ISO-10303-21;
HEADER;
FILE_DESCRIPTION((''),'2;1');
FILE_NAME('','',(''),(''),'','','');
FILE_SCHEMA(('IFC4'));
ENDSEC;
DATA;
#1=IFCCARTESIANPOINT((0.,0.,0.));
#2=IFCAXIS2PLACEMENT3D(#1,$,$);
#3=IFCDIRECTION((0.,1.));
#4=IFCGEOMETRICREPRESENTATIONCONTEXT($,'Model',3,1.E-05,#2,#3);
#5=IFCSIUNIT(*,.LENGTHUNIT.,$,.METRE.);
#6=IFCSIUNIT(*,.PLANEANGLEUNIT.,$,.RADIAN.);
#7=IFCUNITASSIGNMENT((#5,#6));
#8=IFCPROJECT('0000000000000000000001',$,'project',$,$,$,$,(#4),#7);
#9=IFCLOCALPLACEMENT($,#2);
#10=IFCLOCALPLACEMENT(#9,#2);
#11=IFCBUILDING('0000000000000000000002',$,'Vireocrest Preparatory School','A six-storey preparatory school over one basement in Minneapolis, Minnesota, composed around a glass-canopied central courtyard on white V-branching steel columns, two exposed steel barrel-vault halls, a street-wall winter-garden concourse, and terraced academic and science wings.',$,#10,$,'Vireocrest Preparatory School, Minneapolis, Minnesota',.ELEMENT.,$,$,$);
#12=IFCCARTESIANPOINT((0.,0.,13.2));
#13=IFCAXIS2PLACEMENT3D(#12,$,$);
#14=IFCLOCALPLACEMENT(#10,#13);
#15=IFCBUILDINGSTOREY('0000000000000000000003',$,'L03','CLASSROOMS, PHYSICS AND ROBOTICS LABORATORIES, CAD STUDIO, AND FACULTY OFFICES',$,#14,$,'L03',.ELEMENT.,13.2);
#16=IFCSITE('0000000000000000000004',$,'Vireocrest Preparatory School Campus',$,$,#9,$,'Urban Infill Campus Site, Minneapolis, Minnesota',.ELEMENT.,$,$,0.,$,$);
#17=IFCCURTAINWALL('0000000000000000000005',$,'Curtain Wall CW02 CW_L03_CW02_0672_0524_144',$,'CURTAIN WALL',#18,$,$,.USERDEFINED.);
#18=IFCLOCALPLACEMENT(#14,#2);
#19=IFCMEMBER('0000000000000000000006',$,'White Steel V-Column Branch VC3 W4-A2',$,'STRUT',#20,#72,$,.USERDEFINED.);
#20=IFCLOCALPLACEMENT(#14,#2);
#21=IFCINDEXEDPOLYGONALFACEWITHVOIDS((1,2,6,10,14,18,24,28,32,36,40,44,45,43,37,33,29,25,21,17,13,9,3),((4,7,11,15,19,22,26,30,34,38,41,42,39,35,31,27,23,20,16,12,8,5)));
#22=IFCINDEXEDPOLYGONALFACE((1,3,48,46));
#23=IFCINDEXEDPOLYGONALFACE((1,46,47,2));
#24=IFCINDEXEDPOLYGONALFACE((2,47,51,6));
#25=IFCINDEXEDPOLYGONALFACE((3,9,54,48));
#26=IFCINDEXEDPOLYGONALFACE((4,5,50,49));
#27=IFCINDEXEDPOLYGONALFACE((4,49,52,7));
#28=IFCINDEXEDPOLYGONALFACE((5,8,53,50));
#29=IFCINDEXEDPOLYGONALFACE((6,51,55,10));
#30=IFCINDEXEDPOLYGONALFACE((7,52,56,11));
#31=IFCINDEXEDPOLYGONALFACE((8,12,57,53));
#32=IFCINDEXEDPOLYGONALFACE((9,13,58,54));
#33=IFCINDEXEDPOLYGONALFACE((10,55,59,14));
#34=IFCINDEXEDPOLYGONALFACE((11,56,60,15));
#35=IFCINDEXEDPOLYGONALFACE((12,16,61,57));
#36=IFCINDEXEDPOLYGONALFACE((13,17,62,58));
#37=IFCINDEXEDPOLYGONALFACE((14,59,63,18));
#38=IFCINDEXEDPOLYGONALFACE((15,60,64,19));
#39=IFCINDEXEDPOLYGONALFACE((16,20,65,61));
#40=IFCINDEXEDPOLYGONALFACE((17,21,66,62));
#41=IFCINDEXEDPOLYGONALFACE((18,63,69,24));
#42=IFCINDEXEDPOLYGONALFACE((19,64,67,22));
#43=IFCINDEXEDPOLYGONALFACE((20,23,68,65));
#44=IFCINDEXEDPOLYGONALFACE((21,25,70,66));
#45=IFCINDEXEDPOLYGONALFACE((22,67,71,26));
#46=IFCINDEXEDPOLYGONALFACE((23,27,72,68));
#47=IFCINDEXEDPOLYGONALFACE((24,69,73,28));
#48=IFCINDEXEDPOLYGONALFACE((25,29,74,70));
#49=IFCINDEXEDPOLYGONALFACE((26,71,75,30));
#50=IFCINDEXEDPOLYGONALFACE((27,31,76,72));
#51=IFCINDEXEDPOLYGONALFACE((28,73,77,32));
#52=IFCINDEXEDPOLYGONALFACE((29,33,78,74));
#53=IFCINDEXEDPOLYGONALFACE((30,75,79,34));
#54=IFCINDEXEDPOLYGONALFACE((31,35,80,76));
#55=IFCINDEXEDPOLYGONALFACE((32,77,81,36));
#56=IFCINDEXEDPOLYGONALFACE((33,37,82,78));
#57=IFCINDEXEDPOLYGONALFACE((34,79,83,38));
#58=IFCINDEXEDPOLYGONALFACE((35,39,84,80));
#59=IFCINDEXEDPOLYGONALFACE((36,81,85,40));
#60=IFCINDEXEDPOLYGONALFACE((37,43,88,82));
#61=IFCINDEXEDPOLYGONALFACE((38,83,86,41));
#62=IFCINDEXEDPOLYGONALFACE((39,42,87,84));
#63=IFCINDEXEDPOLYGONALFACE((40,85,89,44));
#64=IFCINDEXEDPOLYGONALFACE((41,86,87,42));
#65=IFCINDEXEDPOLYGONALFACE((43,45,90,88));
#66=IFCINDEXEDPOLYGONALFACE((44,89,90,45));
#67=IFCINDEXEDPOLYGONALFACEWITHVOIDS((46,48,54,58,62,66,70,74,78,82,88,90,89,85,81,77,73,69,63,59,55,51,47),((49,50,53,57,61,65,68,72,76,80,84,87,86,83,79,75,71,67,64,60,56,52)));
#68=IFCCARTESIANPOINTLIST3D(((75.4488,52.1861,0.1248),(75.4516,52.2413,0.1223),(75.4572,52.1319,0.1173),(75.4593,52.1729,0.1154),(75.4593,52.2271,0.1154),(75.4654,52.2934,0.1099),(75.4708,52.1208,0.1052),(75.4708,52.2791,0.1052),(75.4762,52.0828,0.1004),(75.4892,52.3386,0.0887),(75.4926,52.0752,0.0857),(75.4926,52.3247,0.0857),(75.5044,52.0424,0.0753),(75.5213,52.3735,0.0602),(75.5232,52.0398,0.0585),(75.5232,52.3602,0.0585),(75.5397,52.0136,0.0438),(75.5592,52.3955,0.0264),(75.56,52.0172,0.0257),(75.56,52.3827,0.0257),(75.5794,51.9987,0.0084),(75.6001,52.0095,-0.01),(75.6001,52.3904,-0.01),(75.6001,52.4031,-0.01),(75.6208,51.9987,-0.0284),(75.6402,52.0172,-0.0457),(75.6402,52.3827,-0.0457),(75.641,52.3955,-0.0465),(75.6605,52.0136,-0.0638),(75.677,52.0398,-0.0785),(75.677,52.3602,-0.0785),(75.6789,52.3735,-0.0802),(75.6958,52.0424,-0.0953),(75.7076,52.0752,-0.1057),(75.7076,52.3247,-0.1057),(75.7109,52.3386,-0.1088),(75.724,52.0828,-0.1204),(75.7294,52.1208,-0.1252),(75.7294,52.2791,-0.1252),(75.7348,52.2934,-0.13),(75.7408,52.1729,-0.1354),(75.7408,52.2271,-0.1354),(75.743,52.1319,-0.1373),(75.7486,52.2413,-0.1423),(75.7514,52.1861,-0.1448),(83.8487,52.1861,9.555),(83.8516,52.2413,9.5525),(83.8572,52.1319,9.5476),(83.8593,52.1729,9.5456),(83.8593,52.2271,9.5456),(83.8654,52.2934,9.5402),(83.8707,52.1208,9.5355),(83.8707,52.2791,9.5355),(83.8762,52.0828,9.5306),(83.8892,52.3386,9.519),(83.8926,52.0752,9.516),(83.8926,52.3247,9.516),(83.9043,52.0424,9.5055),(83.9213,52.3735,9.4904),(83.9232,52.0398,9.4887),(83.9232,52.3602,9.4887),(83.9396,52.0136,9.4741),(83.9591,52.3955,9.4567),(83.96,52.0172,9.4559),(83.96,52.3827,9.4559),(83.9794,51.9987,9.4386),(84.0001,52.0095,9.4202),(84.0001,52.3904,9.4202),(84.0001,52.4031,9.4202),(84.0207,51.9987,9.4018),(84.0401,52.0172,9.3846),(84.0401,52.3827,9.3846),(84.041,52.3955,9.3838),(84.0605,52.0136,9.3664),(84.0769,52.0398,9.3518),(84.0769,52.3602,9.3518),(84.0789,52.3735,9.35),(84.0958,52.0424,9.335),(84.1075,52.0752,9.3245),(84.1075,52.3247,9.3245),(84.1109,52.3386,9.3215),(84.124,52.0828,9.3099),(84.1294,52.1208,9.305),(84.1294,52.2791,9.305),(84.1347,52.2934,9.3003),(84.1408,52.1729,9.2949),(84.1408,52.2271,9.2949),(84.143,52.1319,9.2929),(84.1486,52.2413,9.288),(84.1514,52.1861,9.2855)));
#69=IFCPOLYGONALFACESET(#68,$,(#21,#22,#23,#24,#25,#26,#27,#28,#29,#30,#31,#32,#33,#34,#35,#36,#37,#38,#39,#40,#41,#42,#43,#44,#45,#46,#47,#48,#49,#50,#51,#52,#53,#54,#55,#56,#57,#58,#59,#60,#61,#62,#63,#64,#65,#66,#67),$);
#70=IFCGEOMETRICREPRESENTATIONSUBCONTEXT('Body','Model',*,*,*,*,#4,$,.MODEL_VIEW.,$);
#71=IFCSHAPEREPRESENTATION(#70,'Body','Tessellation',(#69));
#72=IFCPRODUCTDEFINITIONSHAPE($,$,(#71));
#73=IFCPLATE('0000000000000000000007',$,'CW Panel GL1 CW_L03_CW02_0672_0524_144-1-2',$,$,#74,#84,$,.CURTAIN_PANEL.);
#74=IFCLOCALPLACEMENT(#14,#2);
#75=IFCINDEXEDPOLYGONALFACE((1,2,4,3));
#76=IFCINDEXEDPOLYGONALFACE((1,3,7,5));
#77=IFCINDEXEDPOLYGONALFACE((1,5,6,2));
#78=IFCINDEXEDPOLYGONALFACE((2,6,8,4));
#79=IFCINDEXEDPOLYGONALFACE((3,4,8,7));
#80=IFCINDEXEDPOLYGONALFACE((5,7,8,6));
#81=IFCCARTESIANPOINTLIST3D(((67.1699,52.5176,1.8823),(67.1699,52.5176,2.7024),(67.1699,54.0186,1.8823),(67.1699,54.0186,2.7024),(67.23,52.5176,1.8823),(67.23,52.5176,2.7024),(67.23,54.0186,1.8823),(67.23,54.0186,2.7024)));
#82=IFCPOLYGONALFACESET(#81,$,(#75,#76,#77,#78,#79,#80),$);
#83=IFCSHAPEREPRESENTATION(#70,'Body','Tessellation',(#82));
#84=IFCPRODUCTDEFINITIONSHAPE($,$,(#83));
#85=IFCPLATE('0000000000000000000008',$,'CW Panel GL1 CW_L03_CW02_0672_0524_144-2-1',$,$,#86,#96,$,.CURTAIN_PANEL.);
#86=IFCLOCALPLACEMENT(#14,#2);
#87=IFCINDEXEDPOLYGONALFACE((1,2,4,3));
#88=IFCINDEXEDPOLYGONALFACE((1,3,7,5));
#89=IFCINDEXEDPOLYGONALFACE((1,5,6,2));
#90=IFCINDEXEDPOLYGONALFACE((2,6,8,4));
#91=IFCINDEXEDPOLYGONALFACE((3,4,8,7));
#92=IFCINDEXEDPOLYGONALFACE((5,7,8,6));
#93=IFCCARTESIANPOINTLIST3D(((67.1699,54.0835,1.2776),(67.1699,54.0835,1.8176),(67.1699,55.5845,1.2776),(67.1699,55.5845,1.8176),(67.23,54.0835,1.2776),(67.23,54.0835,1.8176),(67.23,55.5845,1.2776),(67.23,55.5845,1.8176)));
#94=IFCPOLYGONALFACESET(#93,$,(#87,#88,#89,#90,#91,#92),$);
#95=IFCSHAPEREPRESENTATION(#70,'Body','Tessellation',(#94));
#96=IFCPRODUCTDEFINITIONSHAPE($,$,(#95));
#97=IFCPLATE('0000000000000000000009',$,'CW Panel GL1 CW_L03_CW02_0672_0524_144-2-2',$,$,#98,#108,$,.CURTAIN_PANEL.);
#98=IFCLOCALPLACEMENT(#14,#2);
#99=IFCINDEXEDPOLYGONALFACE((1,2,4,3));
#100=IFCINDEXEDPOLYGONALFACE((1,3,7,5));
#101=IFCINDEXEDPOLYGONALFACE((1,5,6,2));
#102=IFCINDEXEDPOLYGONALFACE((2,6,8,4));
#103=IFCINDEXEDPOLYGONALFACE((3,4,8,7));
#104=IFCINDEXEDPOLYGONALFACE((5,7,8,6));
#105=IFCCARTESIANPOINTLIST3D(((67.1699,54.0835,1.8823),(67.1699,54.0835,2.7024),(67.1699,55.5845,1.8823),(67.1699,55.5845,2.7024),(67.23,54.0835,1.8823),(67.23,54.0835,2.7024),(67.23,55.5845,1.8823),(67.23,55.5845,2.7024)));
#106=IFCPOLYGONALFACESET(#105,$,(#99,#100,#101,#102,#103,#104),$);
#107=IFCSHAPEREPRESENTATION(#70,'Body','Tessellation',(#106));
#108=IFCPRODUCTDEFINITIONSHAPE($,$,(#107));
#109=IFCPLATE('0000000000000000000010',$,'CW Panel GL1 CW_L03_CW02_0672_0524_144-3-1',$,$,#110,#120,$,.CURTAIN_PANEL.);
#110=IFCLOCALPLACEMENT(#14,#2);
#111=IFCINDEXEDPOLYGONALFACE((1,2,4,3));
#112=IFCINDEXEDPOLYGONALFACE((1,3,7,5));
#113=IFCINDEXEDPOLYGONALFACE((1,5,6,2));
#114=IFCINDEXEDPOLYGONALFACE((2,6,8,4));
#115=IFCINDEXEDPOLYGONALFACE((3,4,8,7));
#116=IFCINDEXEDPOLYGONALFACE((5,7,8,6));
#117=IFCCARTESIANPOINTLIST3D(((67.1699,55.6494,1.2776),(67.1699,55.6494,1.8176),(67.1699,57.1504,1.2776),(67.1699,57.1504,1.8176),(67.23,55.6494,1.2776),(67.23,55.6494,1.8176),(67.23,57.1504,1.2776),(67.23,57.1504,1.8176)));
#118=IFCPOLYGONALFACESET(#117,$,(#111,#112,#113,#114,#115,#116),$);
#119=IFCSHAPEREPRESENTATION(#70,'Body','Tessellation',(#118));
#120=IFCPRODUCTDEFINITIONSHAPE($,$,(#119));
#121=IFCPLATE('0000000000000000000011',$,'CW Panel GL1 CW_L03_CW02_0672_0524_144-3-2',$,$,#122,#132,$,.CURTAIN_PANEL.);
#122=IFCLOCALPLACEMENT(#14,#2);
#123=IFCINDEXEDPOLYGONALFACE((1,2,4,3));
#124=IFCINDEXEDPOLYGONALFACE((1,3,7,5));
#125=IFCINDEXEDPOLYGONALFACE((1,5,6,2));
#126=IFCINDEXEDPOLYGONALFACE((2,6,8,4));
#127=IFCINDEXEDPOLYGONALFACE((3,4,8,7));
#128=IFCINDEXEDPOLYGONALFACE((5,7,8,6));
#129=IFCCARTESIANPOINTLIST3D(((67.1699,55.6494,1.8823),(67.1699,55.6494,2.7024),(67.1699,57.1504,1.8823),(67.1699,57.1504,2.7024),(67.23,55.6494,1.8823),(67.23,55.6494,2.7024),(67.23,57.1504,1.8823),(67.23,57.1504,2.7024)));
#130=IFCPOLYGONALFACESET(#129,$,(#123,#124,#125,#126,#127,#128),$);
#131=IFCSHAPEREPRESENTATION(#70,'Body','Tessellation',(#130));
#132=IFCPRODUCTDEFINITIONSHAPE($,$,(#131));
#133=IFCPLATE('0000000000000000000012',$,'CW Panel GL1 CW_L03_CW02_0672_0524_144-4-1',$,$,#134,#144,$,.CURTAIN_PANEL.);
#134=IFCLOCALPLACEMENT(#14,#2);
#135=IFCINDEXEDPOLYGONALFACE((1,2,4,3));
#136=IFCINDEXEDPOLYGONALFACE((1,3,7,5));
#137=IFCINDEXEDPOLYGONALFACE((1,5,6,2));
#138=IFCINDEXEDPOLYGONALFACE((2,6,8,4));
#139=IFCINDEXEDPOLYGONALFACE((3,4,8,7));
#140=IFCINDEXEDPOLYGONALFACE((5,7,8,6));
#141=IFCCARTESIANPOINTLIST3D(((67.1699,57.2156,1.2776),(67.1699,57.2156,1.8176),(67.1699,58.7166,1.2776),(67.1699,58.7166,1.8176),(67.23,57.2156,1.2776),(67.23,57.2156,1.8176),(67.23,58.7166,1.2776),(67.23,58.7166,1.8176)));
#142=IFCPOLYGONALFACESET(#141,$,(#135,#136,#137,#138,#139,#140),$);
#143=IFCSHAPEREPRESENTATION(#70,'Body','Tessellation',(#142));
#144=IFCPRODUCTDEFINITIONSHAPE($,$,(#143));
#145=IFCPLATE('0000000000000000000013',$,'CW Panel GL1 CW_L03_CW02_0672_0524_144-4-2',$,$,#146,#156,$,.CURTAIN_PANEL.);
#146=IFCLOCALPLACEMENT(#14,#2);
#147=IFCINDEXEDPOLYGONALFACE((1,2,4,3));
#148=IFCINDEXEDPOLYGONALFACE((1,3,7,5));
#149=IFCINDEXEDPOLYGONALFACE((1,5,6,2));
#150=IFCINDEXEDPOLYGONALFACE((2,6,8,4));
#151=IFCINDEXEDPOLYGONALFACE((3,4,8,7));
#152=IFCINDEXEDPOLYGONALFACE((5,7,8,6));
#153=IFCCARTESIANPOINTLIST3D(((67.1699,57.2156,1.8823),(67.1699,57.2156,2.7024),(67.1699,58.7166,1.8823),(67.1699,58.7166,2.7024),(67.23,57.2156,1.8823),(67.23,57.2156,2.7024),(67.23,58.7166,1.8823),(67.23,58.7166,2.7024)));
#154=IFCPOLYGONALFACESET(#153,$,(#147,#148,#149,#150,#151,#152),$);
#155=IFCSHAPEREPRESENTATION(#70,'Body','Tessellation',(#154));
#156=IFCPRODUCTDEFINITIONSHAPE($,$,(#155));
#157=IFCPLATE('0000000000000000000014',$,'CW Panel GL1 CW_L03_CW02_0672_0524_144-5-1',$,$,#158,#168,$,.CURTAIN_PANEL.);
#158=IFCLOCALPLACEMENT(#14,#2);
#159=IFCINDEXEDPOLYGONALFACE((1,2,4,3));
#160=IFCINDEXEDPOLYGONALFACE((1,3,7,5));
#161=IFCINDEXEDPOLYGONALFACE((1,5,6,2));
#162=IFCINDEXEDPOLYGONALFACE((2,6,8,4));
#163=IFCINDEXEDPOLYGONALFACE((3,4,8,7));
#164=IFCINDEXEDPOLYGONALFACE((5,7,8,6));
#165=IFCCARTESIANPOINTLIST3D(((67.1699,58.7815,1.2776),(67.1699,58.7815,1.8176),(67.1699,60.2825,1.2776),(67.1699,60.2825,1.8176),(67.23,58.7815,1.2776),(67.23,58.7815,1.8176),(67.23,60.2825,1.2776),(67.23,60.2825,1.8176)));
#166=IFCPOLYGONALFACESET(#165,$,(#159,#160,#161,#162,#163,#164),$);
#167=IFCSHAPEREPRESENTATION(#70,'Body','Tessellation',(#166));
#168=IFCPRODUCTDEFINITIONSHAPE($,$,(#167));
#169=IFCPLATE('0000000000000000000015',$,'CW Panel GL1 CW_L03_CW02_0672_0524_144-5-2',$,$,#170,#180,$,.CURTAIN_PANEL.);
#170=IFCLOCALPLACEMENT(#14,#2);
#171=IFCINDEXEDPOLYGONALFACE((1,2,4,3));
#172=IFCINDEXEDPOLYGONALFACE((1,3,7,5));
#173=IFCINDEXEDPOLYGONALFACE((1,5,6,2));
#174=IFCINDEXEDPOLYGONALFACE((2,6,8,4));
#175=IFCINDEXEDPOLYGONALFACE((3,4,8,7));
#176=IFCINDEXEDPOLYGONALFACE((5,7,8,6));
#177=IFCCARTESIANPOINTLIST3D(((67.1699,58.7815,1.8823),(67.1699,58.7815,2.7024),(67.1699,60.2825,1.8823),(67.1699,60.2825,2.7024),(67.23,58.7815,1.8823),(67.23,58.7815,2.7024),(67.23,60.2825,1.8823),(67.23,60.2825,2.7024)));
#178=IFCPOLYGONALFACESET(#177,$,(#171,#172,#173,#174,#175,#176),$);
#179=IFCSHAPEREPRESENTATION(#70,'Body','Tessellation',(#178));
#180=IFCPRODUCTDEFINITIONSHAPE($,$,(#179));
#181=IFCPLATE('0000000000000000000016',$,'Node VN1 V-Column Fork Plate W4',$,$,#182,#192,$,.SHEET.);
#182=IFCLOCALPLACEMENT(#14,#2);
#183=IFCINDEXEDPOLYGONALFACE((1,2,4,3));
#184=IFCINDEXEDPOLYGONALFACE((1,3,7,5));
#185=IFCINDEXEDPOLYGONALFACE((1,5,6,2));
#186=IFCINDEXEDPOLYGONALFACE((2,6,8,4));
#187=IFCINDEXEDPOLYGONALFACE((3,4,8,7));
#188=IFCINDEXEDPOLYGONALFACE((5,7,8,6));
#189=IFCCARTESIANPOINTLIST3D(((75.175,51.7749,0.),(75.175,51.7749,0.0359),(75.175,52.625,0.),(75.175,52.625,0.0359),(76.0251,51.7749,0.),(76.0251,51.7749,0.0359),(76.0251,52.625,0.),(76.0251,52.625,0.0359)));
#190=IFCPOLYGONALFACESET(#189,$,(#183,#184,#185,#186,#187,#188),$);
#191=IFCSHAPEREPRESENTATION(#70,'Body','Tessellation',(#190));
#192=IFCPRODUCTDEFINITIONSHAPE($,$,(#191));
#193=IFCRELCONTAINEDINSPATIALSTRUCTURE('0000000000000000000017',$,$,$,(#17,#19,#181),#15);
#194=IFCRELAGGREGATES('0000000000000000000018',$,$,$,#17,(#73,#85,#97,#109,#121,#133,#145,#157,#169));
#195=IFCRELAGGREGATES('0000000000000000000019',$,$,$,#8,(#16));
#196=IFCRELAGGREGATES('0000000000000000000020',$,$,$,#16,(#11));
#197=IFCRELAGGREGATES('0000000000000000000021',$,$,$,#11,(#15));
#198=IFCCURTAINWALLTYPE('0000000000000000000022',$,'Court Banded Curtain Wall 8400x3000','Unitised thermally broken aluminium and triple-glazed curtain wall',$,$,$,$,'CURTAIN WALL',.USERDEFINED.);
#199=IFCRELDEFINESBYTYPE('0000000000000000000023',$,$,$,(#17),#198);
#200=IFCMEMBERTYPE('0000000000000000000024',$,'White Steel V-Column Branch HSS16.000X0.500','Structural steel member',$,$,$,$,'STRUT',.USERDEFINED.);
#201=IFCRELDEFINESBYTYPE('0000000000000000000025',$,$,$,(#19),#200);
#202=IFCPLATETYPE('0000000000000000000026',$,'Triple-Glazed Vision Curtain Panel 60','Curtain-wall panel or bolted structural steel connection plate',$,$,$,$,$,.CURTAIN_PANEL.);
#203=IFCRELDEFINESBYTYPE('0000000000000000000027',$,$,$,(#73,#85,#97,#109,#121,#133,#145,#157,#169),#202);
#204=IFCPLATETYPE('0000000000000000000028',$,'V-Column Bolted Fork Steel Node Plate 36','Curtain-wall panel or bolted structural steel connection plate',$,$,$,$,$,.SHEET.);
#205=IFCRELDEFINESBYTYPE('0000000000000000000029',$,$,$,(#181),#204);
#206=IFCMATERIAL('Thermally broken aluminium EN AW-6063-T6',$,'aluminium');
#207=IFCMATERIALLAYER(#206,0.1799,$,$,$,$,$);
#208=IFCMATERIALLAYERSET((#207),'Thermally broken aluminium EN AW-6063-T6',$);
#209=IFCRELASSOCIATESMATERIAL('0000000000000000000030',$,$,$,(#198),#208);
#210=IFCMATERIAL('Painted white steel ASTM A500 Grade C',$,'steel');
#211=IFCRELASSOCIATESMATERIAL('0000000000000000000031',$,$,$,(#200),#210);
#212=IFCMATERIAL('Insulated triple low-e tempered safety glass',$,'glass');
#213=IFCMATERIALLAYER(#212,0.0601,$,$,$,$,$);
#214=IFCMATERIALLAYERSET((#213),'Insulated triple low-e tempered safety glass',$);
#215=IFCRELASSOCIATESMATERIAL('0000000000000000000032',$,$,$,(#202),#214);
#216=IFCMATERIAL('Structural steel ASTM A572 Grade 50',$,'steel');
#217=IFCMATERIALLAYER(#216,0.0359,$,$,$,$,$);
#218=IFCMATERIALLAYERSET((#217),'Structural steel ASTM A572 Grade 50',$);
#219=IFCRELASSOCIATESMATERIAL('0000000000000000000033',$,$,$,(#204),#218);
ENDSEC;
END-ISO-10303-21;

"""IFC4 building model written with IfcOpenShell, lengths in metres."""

from ifc_helpers import new_model, si_unit, direction, frame, origin, origin_2d, place, context, subcontext, project, spatial, rectangle, hollow_circle, extrude, material, layer, layer_set, material_profile, profile_set, type_object, element, aggregate, save


model = new_model("IFC4")

# Units and contexts
model_context = context("Model", 3, precision=1e-05, world=origin(), true_north=direction((0.0, 1.0)))
body_context = subcontext(model_context, "Body", "Model", "MODEL_VIEW")
ifc_project = project(units=[si_unit("LENGTHUNIT", "METRE"), si_unit("PLANEANGLEUNIT", "RADIAN")], contexts=[model_context])

# Site, building, storey
site_placement = place(None, origin())
site = spatial("IfcSite", under=ifc_project, at=site_placement, Name="Vireocrest Preparatory School Campus", LongName="Urban Infill Campus Site, Minneapolis, Minnesota", CompositionType="ELEMENT", RefElevation=0.0)
building_placement = place(site_placement, origin())
building = spatial("IfcBuilding", under=site, at=building_placement, Name="Vireocrest Preparatory School", Description="A six-storey preparatory school over one basement in Minneapolis, Minnesota, composed around a glass-canopied central courtyard on white V-branching steel columns, two exposed steel barrel-vault halls, a street-wall winter-garden concourse, and terraced academic and science wings.", LongName="Vireocrest Preparatory School, Minneapolis, Minnesota", CompositionType="ELEMENT")
storey_placement = place(building_placement, frame((0.0, 0.0, 13.2)))
storey = spatial("IfcBuildingStorey", under=building, at=storey_placement, Name="L03", Description="CLASSROOMS, PHYSICS AND ROBOTICS LABORATORIES, CAD STUDIO, AND FACULTY OFFICES", LongName="L03", CompositionType="ELEMENT", Elevation=13.2)

# Curtain wall
ifc_material_1 = material(Name="Thermally broken aluminium EN AW-6063-T6", Category="aluminium")
ifc_layer_1 = layer(ifc_material_1, 0.1799)
ifc_layer_set_1 = layer_set([ifc_layer_1], Name="Thermally broken aluminium EN AW-6063-T6")
curtain_wall_type = type_object("IfcCurtainWallType", Name="Court Banded Curtain Wall 8400x3000", Description="Unitised thermally broken aluminium and triple-glazed curtain wall", ElementType="CURTAIN WALL", PredefinedType="USERDEFINED", material=ifc_layer_set_1)
curtain_wall_1_placement = place(storey_placement, origin())
curtain_wall_1 = element("IfcCurtainWall", 1, at=curtain_wall_1_placement, inside=storey, type_object=curtain_wall_type, Name="Curtain Wall CW02 CW_L03_CW02_0672_0524_144", ObjectType="CURTAIN WALL", PredefinedType="USERDEFINED")

# Member
ifc_material_2 = material(Name="Painted white steel ASTM A500 Grade C", Category="steel")
ifc_material_profile_1 = material_profile(ifc_material_2, hollow_circle(Radius=0.2031, WallThickness=0.0127, at=origin_2d()), Name="HSS16.000X0.500")
ifc_profile_set_1 = profile_set([ifc_material_profile_1], Name="Painted white steel ASTM A500 Grade C")
member_type_1 = type_object("IfcMemberType", Name="White Steel V-Column Branch HSS16.000X0.500", Description="Structural steel member", ElementType="STRUT", PredefinedType="USERDEFINED", material=ifc_profile_set_1)
for number, where, z_axis, x_axis, name in (
    (2, (75.6001, 52.2, -0.01), (0.665139, 0.0, 0.74672), (0.0, 1.0, 0.0), "White Steel V-Column Branch VC3 W4-A2"),
):
    element("IfcMember", number, at=place(storey_placement, frame(where, z_axis=z_axis, x_axis=x_axis)), inside=storey, type_object=member_type_1, Name=name, ObjectType="STRUT", PredefinedType="USERDEFINED", context=body_context, shape_type="SweptSolid", body=[
        extrude(hollow_circle(Radius=0.2031, WallThickness=0.0127, at=origin_2d()), origin(), (0.0, 0.0, 1.0), 12.6289),
    ])

# Plates
ifc_material_3 = material(Name="Insulated triple low-e tempered safety glass", Category="glass")
ifc_layer_2 = layer(ifc_material_3, 0.0601)
ifc_layer_set_2 = layer_set([ifc_layer_2], Name="Insulated triple low-e tempered safety glass")
plate_type_1 = type_object("IfcPlateType", Name="Triple-Glazed Vision Curtain Panel 60", Description="Curtain-wall panel or bolted structural steel connection plate", PredefinedType="CURTAIN_PANEL", material=ifc_layer_set_2)
plate_1_placement = place(storey_placement, frame((67.2, 53.2681, 1.8823), z_axis=(0.0, 0.0, 1.0), x_axis=(0.0, 1.0, 0.0)))
plate_1 = element("IfcPlate", 3, at=plate_1_placement, type_object=plate_type_1, Name="CW Panel GL1 CW_L03_CW02_0672_0524_144-1-2", PredefinedType="CURTAIN_PANEL", context=body_context, shape_type="SweptSolid", body=[
    extrude(rectangle(XDim=1.501, YDim=0.0601, at=origin_2d()), origin(), (0.0, 0.0, 1.0), 0.8201),
])
plate_2_placement = place(storey_placement, frame((67.2, 54.834, 1.2776), z_axis=(0.0, 0.0, 1.0), x_axis=(0.0, 1.0, 0.0)))
plate_2 = element("IfcPlate", 4, at=plate_2_placement, type_object=plate_type_1, Name="CW Panel GL1 CW_L03_CW02_0672_0524_144-2-1", PredefinedType="CURTAIN_PANEL", context=body_context, shape_type="SweptSolid", body=[
    extrude(rectangle(XDim=1.501, YDim=0.0601, at=origin_2d()), origin(), (0.0, 0.0, 1.0), 0.54),
])
plate_3_placement = place(storey_placement, frame((67.2, 54.834, 1.8823), z_axis=(0.0, 0.0, 1.0), x_axis=(0.0, 1.0, 0.0)))
plate_3 = element("IfcPlate", 5, at=plate_3_placement, type_object=plate_type_1, Name="CW Panel GL1 CW_L03_CW02_0672_0524_144-2-2", PredefinedType="CURTAIN_PANEL", context=body_context, shape_type="SweptSolid", body=[
    extrude(rectangle(XDim=1.501, YDim=0.0601, at=origin_2d()), origin(), (0.0, 0.0, 1.0), 0.8201),
])
plate_4_placement = place(storey_placement, frame((67.2, 56.3999, 1.2776), z_axis=(0.0, 0.0, 1.0), x_axis=(0.0, 1.0, 0.0)))
plate_4 = element("IfcPlate", 6, at=plate_4_placement, type_object=plate_type_1, Name="CW Panel GL1 CW_L03_CW02_0672_0524_144-3-1", PredefinedType="CURTAIN_PANEL", context=body_context, shape_type="SweptSolid", body=[
    extrude(rectangle(XDim=1.501, YDim=0.0601, at=origin_2d()), origin(), (0.0, 0.0, 1.0), 0.54),
])
plate_5_placement = place(storey_placement, frame((67.2, 56.3999, 1.8823), z_axis=(0.0, 0.0, 1.0), x_axis=(0.0, 1.0, 0.0)))
plate_5 = element("IfcPlate", 7, at=plate_5_placement, type_object=plate_type_1, Name="CW Panel GL1 CW_L03_CW02_0672_0524_144-3-2", PredefinedType="CURTAIN_PANEL", context=body_context, shape_type="SweptSolid", body=[
    extrude(rectangle(XDim=1.501, YDim=0.0601, at=origin_2d()), origin(), (0.0, 0.0, 1.0), 0.8201),
])
plate_6_placement = place(storey_placement, frame((67.2, 57.9661, 1.2776), z_axis=(0.0, 0.0, 1.0), x_axis=(0.0, 1.0, 0.0)))
plate_6 = element("IfcPlate", 8, at=plate_6_placement, type_object=plate_type_1, Name="CW Panel GL1 CW_L03_CW02_0672_0524_144-4-1", PredefinedType="CURTAIN_PANEL", context=body_context, shape_type="SweptSolid", body=[
    extrude(rectangle(XDim=1.501, YDim=0.0601, at=origin_2d()), origin(), (0.0, 0.0, 1.0), 0.54),
])
plate_7_placement = place(storey_placement, frame((67.2, 57.9661, 1.8823), z_axis=(0.0, 0.0, 1.0), x_axis=(0.0, 1.0, 0.0)))
plate_7 = element("IfcPlate", 9, at=plate_7_placement, type_object=plate_type_1, Name="CW Panel GL1 CW_L03_CW02_0672_0524_144-4-2", PredefinedType="CURTAIN_PANEL", context=body_context, shape_type="SweptSolid", body=[
    extrude(rectangle(XDim=1.501, YDim=0.0601, at=origin_2d()), origin(), (0.0, 0.0, 1.0), 0.8201),
])
plate_8_placement = place(storey_placement, frame((67.2, 59.532, 1.2776), z_axis=(0.0, 0.0, 1.0), x_axis=(0.0, 1.0, 0.0)))
plate_8 = element("IfcPlate", 10, at=plate_8_placement, type_object=plate_type_1, Name="CW Panel GL1 CW_L03_CW02_0672_0524_144-5-1", PredefinedType="CURTAIN_PANEL", context=body_context, shape_type="SweptSolid", body=[
    extrude(rectangle(XDim=1.501, YDim=0.0601, at=origin_2d()), origin(), (0.0, 0.0, 1.0), 0.54),
])
plate_9_placement = place(storey_placement, frame((67.2, 59.532, 1.8823), z_axis=(0.0, 0.0, 1.0), x_axis=(0.0, 1.0, 0.0)))
plate_9 = element("IfcPlate", 11, at=plate_9_placement, type_object=plate_type_1, Name="CW Panel GL1 CW_L03_CW02_0672_0524_144-5-2", PredefinedType="CURTAIN_PANEL", context=body_context, shape_type="SweptSolid", body=[
    extrude(rectangle(XDim=1.501, YDim=0.0601, at=origin_2d()), origin(), (0.0, 0.0, 1.0), 0.8201),
])
aggregate(curtain_wall_1, [plate_1, plate_2, plate_3, plate_4, plate_5, plate_6, plate_7, plate_8, plate_9])
ifc_material_4 = material(Name="Structural steel ASTM A572 Grade 50", Category="steel")
ifc_layer_3 = layer(ifc_material_4, 0.0359)
ifc_layer_set_3 = layer_set([ifc_layer_3], Name="Structural steel ASTM A572 Grade 50")
plate_type_2 = type_object("IfcPlateType", Name="V-Column Bolted Fork Steel Node Plate 36", Description="Curtain-wall panel or bolted structural steel connection plate", PredefinedType="SHEET", material=ifc_layer_set_3)
plate_10_placement = place(storey_placement, frame((75.6001, 52.2, 0.0), z_axis=(0.0, 0.0, 1.0), x_axis=(1.0, 0.0, 0.0)))
element("IfcPlate", 12, at=plate_10_placement, inside=storey, type_object=plate_type_2, Name="Node VN1 V-Column Fork Plate W4", PredefinedType="SHEET", context=body_context, shape_type="SweptSolid", body=[
    extrude(rectangle(XDim=0.8501, YDim=0.8501, at=origin_2d()), origin(), (0.0, 0.0, 1.0), 0.0359),
])

save(model, "model.ifc")
